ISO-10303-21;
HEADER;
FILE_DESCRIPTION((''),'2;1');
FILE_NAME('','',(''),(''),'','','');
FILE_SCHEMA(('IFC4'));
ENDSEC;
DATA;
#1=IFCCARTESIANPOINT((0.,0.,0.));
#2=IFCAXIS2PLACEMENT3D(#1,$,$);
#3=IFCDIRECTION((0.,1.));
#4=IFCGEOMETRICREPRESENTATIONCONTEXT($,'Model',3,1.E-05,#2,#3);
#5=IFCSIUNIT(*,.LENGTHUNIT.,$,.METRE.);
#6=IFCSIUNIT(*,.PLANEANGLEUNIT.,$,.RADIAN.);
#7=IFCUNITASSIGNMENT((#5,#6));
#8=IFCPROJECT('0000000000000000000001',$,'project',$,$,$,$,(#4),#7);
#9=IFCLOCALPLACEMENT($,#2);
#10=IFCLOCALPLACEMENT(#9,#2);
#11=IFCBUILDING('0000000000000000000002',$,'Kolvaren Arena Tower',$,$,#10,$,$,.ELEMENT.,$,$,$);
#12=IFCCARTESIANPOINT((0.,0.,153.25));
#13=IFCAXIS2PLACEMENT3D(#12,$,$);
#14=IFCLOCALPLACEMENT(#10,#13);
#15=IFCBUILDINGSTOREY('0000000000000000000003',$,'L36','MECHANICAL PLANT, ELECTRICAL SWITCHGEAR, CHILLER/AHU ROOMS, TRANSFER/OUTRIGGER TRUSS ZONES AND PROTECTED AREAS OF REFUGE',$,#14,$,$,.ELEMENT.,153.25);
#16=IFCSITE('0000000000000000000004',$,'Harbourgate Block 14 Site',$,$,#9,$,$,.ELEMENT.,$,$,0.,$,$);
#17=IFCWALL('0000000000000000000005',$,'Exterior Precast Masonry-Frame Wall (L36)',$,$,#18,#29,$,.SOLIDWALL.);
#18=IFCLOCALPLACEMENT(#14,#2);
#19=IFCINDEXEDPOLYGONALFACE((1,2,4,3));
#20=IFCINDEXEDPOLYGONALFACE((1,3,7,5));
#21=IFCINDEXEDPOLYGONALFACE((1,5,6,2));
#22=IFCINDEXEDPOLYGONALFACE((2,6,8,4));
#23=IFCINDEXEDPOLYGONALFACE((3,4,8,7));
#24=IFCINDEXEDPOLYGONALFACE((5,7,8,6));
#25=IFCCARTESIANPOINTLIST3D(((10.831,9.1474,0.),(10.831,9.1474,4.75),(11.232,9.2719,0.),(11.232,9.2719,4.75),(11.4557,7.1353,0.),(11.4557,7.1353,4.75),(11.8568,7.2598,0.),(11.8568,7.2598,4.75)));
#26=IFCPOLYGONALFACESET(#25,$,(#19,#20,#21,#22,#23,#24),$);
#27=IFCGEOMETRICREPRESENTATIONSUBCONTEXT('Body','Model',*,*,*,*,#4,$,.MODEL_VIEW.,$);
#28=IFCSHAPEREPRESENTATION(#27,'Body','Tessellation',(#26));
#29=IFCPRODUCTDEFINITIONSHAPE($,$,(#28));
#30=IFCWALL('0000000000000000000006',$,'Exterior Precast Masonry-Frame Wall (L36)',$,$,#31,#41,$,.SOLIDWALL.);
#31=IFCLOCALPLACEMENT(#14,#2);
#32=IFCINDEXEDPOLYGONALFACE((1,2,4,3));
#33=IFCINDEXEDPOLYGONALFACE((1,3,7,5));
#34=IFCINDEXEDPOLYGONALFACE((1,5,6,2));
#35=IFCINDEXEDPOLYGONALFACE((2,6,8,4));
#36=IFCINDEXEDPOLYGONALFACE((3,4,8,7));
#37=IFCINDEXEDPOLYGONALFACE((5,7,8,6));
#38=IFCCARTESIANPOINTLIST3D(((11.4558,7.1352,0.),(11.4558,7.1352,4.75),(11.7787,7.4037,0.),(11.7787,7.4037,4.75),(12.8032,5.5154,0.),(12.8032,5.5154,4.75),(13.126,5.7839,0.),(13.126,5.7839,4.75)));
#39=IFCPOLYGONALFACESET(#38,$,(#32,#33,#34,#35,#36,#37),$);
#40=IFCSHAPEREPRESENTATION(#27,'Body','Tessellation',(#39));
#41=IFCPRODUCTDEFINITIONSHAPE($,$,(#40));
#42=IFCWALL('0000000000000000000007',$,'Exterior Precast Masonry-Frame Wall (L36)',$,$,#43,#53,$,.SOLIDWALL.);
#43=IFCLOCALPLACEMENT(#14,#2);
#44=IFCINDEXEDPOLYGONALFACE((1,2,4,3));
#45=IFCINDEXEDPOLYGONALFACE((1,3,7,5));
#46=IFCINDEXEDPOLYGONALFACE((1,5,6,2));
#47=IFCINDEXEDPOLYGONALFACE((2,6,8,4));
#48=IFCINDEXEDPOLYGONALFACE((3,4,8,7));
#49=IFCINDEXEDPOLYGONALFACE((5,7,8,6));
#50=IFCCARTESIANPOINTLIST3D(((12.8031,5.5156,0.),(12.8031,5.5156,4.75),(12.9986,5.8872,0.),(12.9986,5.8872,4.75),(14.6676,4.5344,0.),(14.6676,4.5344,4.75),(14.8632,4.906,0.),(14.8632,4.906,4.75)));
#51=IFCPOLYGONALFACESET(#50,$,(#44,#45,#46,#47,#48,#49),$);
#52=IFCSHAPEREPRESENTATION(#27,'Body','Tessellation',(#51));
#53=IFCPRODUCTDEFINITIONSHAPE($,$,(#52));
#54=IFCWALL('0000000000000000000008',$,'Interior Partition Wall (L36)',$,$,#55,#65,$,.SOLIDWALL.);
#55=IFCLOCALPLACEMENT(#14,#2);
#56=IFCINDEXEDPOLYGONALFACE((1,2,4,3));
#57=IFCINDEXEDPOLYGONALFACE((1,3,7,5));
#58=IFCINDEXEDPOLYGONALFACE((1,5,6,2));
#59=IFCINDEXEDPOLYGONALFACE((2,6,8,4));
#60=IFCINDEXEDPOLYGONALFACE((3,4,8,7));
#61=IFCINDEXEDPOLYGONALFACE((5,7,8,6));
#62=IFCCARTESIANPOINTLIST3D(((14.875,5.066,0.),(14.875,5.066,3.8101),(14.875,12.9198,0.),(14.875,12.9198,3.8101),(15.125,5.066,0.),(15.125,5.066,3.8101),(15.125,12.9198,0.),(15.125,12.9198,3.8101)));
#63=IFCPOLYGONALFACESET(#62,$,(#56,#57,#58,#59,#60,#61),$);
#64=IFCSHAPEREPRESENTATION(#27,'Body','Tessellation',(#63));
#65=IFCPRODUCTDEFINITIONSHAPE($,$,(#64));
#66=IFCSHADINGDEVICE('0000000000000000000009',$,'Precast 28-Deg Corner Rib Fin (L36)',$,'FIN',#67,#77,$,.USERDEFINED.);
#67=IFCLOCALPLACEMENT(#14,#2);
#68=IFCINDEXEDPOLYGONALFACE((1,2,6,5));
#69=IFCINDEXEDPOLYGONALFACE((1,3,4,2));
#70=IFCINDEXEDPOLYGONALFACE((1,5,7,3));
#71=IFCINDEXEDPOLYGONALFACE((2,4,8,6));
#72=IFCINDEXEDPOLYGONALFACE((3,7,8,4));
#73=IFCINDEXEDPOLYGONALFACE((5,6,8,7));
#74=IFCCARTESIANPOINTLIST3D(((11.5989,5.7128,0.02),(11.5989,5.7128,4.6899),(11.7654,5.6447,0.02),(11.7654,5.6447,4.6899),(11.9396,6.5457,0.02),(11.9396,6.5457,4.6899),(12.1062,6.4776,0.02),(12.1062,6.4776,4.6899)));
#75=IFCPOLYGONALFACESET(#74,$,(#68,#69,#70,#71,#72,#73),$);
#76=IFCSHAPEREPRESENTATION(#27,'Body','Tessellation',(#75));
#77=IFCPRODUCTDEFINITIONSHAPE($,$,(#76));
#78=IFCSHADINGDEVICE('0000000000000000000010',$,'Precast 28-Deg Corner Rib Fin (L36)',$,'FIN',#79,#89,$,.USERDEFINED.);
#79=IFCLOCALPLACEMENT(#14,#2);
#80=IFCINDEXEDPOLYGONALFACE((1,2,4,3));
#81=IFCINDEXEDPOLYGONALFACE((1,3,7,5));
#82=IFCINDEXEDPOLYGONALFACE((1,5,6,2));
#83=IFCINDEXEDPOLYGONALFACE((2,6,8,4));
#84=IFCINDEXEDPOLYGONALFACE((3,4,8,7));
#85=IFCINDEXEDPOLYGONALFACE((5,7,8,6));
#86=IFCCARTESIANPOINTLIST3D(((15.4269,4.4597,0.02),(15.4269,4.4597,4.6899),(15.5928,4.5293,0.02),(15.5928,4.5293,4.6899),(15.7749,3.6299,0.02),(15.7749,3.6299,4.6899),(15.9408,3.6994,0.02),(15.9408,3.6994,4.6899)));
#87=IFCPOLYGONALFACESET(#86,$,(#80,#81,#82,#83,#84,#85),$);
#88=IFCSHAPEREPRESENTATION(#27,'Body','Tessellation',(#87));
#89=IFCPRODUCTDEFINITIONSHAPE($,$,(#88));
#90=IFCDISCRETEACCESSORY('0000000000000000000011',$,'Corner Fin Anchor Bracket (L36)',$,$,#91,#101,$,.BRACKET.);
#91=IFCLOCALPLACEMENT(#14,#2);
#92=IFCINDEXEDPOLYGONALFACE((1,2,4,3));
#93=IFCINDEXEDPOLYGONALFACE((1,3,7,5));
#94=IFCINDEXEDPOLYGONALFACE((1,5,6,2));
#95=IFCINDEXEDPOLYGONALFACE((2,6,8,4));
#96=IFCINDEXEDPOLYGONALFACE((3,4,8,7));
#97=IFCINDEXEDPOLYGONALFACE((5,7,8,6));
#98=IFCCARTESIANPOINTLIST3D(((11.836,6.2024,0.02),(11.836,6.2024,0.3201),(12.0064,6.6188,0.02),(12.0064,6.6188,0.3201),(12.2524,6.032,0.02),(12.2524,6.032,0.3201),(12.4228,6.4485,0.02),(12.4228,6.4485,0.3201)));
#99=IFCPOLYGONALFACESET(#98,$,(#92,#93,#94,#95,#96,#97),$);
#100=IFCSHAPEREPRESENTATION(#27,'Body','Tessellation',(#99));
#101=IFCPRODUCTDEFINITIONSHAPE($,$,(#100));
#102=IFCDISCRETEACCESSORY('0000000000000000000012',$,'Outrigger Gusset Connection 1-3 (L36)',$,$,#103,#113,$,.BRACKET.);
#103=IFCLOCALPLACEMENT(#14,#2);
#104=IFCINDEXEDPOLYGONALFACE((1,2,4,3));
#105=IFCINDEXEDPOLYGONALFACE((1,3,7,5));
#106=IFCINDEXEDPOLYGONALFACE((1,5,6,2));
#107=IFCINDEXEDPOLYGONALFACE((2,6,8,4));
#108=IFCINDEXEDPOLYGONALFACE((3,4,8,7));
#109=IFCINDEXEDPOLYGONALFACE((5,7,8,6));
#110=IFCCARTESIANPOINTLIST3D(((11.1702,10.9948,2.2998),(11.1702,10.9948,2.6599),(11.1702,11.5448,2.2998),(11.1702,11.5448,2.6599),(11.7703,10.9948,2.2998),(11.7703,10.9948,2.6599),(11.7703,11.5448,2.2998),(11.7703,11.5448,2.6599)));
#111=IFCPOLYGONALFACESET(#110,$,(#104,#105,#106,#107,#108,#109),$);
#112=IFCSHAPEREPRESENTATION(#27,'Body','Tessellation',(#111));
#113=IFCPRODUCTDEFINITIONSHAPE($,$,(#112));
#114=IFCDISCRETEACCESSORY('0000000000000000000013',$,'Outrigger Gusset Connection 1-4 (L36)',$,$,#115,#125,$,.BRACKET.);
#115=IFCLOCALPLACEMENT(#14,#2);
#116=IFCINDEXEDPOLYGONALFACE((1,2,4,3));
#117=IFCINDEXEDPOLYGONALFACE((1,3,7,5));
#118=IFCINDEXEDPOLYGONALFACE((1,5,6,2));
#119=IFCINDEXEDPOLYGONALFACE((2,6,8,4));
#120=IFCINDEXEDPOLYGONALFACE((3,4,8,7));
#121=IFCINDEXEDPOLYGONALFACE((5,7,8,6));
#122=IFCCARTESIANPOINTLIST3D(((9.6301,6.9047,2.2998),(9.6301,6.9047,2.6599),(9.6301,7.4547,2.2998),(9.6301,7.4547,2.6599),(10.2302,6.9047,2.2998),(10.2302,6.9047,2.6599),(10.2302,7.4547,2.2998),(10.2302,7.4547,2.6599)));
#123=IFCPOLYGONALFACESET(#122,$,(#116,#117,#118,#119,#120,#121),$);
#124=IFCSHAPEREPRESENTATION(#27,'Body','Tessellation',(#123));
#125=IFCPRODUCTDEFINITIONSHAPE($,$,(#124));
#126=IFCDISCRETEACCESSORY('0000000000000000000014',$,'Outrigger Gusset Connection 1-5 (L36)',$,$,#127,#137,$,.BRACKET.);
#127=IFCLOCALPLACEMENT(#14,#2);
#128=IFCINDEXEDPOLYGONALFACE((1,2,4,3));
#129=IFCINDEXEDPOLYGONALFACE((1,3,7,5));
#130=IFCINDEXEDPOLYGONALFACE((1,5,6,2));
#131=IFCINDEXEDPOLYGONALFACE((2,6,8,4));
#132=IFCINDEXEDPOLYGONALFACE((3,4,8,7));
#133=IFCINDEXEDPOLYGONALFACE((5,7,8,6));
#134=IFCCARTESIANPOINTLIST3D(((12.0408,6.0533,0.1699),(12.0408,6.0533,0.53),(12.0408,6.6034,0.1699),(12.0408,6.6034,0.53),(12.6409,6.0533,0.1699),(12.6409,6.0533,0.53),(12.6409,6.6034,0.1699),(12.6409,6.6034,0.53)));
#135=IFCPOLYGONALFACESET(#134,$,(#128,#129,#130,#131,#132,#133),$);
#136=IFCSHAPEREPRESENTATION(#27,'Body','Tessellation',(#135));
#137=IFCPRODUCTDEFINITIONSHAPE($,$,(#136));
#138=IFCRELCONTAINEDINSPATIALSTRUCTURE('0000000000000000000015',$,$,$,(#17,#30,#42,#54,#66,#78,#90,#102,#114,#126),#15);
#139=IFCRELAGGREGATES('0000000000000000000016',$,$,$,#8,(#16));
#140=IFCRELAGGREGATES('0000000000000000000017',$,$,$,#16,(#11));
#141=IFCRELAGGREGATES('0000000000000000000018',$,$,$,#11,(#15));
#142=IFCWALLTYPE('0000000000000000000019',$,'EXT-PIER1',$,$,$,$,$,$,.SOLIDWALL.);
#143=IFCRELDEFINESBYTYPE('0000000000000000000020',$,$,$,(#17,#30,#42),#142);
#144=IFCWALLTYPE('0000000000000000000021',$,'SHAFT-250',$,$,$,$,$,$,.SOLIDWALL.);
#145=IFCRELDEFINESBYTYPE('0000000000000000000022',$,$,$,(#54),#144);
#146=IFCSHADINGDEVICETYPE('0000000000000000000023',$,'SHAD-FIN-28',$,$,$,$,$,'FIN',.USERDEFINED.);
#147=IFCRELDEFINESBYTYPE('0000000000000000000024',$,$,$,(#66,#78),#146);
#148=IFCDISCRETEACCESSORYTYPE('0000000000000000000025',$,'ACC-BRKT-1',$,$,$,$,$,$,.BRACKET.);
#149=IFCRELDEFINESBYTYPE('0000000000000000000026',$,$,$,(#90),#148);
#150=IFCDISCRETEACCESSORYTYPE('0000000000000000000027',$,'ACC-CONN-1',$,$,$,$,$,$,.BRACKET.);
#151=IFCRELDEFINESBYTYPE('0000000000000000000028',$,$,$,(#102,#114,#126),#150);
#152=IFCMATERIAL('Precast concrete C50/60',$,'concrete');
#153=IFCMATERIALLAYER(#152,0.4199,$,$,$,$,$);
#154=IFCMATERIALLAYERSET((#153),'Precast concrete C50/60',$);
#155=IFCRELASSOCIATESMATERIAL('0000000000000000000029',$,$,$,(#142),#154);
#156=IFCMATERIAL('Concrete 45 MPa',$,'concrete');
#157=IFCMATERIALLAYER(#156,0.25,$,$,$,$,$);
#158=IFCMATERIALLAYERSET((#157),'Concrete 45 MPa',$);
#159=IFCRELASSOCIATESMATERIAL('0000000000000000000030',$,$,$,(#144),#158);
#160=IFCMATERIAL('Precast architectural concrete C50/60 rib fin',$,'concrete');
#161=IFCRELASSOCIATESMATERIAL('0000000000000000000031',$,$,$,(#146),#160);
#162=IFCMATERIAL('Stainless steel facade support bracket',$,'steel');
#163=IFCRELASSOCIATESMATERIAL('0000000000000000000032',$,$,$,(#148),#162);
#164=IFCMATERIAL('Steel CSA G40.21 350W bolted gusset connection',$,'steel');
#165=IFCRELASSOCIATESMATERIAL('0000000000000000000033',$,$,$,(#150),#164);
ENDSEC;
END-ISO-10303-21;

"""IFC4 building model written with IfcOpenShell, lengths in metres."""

from ifc_helpers import new_model, si_unit, direction, frame, frame_2d, origin, origin_2d, place, context, subcontext, project, spatial, rectangle, extrude, material, layer, layer_set, type_object, element, save


model = new_model("IFC4")

# Units and contexts
model_context = context("Model", 3, precision=1e-05, world=origin(), true_north=direction((0.0, 1.0)))
body_context = subcontext(model_context, "Body", "Model", "MODEL_VIEW")
ifc_project = project(units=[si_unit("LENGTHUNIT", "METRE"), si_unit("PLANEANGLEUNIT", "RADIAN")], contexts=[model_context])

# Site, building, storey
site_placement = place(None, origin())
site = spatial("IfcSite", under=ifc_project, at=site_placement, Name="Harbourgate Block 14 Site", CompositionType="ELEMENT", RefElevation=0.0)
building_placement = place(site_placement, origin())
building = spatial("IfcBuilding", under=site, at=building_placement, Name="Kolvaren Arena Tower", CompositionType="ELEMENT")
storey_placement = place(building_placement, frame((0.0, 0.0, 153.25)))
storey = spatial("IfcBuildingStorey", under=building, at=storey_placement, Name="L36", Description="MECHANICAL PLANT, ELECTRICAL SWITCHGEAR, CHILLER/AHU ROOMS, TRANSFER/OUTRIGGER TRUSS ZONES AND PROTECTED AREAS OF REFUGE", CompositionType="ELEMENT", Elevation=153.25)

# Shared definitions
ifc_material_1 = material(Name="Concrete 45 MPa", Category="concrete")

# Walls
ifc_material_2 = material(Name="Precast concrete C50/60", Category="concrete")
ifc_layer_1 = layer(ifc_material_2, 0.4199)
ifc_layer_set_1 = layer_set([ifc_layer_1], Name="Precast concrete C50/60")
wall_type_1 = type_object("IfcWallType", Name="EXT-PIER1", PredefinedType="SOLIDWALL", material=ifc_layer_set_1)
for number, where, z_axis, x_axis, name in (
    (1, (11.6562, 7.1975, 0.0), (0.0, 0.0, 1.0), (-0.296519, 0.955027, 0.0), "Exterior Precast Masonry-Frame Wall (L36)"),
    (2, (12.9646, 5.6497, 0.0), (0.0, 0.0, 1.0), (-0.639489, 0.7688, 0.0), "Exterior Precast Masonry-Frame Wall (L36)"),
    (3, (14.7654, 4.7202, 0.0), (0.0, 0.0, 1.0), (-0.884941, 0.465703, 0.0), "Exterior Precast Masonry-Frame Wall (L36)"),
):
    element("IfcWall", number, at=place(storey_placement, frame(where, z_axis=z_axis, x_axis=x_axis)), inside=storey, type_object=wall_type_1, Name=name, PredefinedType="SOLIDWALL", context=body_context, shape_type="SweptSolid", body=[
        extrude(rectangle(XDim=2.1069, YDim=0.4199, at=frame_2d((1.0535, 0.0))), origin(), (0.0, 0.0, 1.0), 4.75),
    ])
ifc_layer_2 = layer(ifc_material_1, 0.25)
ifc_layer_set_2 = layer_set([ifc_layer_2], Name="Concrete 45 MPa")
wall_type_2 = type_object("IfcWallType", Name="SHAFT-250", PredefinedType="SOLIDWALL", material=ifc_layer_set_2)
wall_1_placement = place(storey_placement, frame((15.0, 5.0662, 0.0), z_axis=(0.0, 0.0, 1.0), x_axis=(0.0, 1.0, 0.0)))
element("IfcWall", 4, at=wall_1_placement, inside=storey, type_object=wall_type_2, Name="Interior Partition Wall (L36)", PredefinedType="SOLIDWALL", context=body_context, shape_type="SweptSolid", body=[
    extrude(rectangle(XDim=7.8538, YDim=0.25, at=frame_2d((3.9268, 0.0))), origin(), (0.0, 0.0, 1.0), 3.8101),
])

# Shading devices
ifc_material_3 = material(Name="Precast architectural concrete C50/60 rib fin", Category="concrete")
shading_device_type = type_object("IfcShadingDeviceType", Name="SHAD-FIN-28", ElementType="FIN", PredefinedType="USERDEFINED", material=ifc_material_3)
for number, where, z_axis, x_axis, name in (
    (5, (11.8525, 6.0952, 0.02), (0.0, 0.0, 1.0), (-0.378634, -0.925546, 0.0), "Precast 28-Deg Corner Rib Fin (L36)"),
    (6, (15.6838, 4.0796, 0.02), (0.0, 0.0, 1.0), (0.386706, -0.922203, 0.0), "Precast 28-Deg Corner Rib Fin (L36)"),
):
    element("IfcShadingDevice", number, at=place(storey_placement, frame(where, z_axis=z_axis, x_axis=x_axis)), inside=storey, type_object=shading_device_type, Name=name, ObjectType="FIN", PredefinedType="USERDEFINED", context=body_context, shape_type="SweptSolid", body=[
        extrude(rectangle(XDim=0.8999, YDim=0.1799, at=origin_2d()), origin(), (0.0, 0.0, 1.0), 4.6699),
    ])

# Discrete accessories
ifc_material_4 = material(Name="Stainless steel facade support bracket", Category="steel")
discrete_accessory_type_1 = type_object("IfcDiscreteAccessoryType", Name="ACC-BRKT-1", PredefinedType="BRACKET", material=ifc_material_4)
discrete_accessory_placement = place(storey_placement, frame((12.1294, 6.3254, 0.02), z_axis=(0.0, 0.0, 1.0), x_axis=(-0.378634, -0.925546, 0.0)))
element("IfcDiscreteAccessory", 7, at=discrete_accessory_placement, inside=storey, type_object=discrete_accessory_type_1, Name="Corner Fin Anchor Bracket (L36)", PredefinedType="BRACKET", context=body_context, shape_type="SweptSolid", body=[
    extrude(rectangle(XDim=0.45, YDim=0.45, at=origin_2d()), origin(), (0.0, 0.0, 1.0), 0.3),
])
ifc_material_5 = material(Name="Steel CSA G40.21 350W bolted gusset connection", Category="steel")
discrete_accessory_type_2 = type_object("IfcDiscreteAccessoryType", Name="ACC-CONN-1", PredefinedType="BRACKET", material=ifc_material_5)
for number, where, z_axis, x_axis, name in (
    (8, (11.4702, 11.2698, 2.2998), (0.0, 0.0, 1.0), (1.0, 0.0, 0.0), "Outrigger Gusset Connection 1-3 (L36)"),
    (9, (9.9302, 7.1797, 2.2998), (0.0, 0.0, 1.0), (1.0, 0.0, 0.0), "Outrigger Gusset Connection 1-4 (L36)"),
    (10, (12.3408, 6.3284, 0.1699), (0.0, 0.0, 1.0), (1.0, 0.0, 0.0), "Outrigger Gusset Connection 1-5 (L36)"),
):
    element("IfcDiscreteAccessory", number, at=place(storey_placement, frame(where, z_axis=z_axis, x_axis=x_axis)), inside=storey, type_object=discrete_accessory_type_2, Name=name, PredefinedType="BRACKET", context=body_context, shape_type="SweptSolid", body=[
        extrude(rectangle(XDim=0.6001, YDim=0.55, at=origin_2d()), origin(), (0.0, 0.0, 1.0), 0.3601),
    ])

save(model, "model.ifc")
